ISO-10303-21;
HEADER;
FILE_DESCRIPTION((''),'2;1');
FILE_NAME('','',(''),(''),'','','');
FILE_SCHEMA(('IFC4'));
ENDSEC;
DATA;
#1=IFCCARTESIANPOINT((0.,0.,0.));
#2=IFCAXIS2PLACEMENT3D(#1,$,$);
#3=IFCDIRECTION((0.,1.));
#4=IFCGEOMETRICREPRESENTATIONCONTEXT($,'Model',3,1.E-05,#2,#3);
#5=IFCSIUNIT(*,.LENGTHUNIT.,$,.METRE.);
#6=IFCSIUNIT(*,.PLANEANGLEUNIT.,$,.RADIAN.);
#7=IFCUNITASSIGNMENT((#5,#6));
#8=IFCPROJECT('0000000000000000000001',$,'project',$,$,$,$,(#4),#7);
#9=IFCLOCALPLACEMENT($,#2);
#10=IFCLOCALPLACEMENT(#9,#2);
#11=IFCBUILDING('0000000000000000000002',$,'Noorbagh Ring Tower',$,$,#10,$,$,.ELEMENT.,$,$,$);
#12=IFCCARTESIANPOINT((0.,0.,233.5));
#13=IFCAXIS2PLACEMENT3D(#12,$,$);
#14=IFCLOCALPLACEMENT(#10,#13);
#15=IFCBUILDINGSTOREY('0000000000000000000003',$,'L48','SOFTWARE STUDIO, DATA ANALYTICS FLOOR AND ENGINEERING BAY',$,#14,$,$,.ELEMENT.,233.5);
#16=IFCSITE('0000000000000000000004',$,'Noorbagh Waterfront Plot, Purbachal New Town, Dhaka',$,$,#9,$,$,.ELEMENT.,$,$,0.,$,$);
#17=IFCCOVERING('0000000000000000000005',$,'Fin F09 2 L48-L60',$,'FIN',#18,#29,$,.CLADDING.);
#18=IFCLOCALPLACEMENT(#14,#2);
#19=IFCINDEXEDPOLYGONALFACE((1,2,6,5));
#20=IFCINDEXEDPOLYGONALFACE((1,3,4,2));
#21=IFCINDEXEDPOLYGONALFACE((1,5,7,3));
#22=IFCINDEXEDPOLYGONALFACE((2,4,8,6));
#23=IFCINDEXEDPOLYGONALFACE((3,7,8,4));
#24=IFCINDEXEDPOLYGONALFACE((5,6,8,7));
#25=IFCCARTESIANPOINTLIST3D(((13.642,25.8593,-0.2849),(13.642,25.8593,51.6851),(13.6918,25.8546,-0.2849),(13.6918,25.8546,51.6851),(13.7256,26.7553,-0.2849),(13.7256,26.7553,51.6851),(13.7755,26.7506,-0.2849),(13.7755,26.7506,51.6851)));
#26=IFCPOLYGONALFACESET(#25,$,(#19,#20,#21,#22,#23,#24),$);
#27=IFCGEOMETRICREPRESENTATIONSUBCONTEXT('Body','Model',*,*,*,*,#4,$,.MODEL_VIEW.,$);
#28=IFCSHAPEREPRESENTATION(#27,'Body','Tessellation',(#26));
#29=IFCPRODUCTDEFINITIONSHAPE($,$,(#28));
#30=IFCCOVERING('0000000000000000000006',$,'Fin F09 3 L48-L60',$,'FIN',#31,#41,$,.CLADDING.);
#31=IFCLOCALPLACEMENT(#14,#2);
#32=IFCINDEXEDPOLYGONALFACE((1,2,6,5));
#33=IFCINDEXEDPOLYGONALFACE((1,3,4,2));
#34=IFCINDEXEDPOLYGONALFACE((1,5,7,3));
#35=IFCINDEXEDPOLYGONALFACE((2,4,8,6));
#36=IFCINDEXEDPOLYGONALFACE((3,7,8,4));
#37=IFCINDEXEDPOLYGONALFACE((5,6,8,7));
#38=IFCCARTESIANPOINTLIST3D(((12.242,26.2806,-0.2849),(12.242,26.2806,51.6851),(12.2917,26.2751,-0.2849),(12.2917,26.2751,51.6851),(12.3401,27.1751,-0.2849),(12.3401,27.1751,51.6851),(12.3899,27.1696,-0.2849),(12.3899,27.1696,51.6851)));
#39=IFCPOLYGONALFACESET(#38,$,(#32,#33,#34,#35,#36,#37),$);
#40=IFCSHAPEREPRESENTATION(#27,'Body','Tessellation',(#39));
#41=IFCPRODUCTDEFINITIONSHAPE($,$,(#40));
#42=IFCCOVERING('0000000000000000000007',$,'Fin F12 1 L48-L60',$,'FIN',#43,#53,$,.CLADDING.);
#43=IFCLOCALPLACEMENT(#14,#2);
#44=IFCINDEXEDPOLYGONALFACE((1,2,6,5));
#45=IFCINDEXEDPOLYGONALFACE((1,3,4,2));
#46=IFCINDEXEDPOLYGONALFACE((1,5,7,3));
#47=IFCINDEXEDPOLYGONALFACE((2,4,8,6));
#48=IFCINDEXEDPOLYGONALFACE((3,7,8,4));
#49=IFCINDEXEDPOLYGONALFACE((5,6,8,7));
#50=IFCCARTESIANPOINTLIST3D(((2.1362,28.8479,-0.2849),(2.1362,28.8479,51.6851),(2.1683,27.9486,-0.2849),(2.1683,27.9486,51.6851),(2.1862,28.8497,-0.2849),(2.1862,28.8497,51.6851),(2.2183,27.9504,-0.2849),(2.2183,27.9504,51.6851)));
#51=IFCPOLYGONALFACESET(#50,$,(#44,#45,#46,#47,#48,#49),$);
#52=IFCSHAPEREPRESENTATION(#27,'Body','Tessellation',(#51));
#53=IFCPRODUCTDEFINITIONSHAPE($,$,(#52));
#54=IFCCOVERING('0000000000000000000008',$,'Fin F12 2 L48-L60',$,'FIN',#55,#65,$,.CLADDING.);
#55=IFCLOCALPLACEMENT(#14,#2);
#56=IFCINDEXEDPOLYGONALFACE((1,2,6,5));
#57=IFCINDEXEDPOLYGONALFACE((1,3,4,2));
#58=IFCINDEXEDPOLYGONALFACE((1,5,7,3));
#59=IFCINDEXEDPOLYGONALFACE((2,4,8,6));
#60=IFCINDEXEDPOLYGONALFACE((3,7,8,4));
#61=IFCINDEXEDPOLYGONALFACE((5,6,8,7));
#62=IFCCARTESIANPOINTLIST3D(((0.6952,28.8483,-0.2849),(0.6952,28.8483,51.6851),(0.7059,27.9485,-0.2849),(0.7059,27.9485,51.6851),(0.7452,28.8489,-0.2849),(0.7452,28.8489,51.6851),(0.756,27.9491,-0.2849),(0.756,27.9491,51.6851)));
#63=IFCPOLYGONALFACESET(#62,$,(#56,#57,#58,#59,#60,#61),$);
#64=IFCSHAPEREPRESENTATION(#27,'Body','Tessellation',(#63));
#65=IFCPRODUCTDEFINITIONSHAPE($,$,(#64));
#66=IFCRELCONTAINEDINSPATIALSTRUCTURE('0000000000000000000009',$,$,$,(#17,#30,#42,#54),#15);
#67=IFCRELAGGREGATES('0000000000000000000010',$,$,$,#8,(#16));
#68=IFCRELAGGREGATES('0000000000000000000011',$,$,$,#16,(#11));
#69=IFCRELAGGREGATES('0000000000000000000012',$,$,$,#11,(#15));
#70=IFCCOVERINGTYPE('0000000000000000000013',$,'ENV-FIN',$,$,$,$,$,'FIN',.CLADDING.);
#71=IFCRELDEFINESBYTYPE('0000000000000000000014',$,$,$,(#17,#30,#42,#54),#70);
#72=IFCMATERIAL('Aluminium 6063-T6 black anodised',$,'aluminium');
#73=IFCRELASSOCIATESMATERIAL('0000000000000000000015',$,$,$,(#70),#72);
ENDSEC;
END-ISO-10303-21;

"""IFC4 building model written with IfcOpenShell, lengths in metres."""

from ifc_helpers import new_model, si_unit, direction, frame, origin, origin_2d, place, context, subcontext, project, spatial, rectangle, extrude, material, material_profile, profile_set, type_object, element, save


model = new_model("IFC4")

# Units and contexts
model_context = context("Model", 3, precision=1e-05, world=origin(), true_north=direction((0.0, 1.0)))
body_context = subcontext(model_context, "Body", "Model", "MODEL_VIEW")
ifc_project = project(units=[si_unit("LENGTHUNIT", "METRE"), si_unit("PLANEANGLEUNIT", "RADIAN")], contexts=[model_context])

# Site, building, storey
site_placement = place(None, origin())
site = spatial("IfcSite", under=ifc_project, at=site_placement, Name="Noorbagh Waterfront Plot, Purbachal New Town, Dhaka", CompositionType="ELEMENT", RefElevation=0.0)
building_placement = place(site_placement, origin())
building = spatial("IfcBuilding", under=site, at=building_placement, Name="Noorbagh Ring Tower", CompositionType="ELEMENT")
storey_placement = place(building_placement, frame((0.0, 0.0, 233.5)))
storey = spatial("IfcBuildingStorey", under=building, at=storey_placement, Name="L48", Description="SOFTWARE STUDIO, DATA ANALYTICS FLOOR AND ENGINEERING BAY", CompositionType="ELEMENT", Elevation=233.5)

# Coverings
ifc_material_1 = material(Name="Aluminium 6063-T6 black anodised", Category="aluminium")
ifc_material_profile_1 = material_profile(ifc_material_1, rectangle(XDim=0.8999, YDim=0.05, at=origin_2d()), Name="900x50")
ifc_profile_set_1 = profile_set([ifc_material_profile_1], Name="Aluminium 6063-T6 black anodised")
covering_type = type_object("IfcCoveringType", Name="ENV-FIN", ElementType="FIN", PredefinedType="CLADDING", material=ifc_profile_set_1)
for number, where, z_axis, x_axis, name in (
    (1, (13.7087, 26.3049, -0.2849), (0.0, 0.0, 1.0), (0.092918, 0.995674, 0.0), "Fin F09 2 L48-L60"),
    (2, (12.3159, 26.7251, -0.2849), (0.0, 0.0, 1.0), (0.109101, 0.994031, 0.0), "Fin F09 3 L48-L60"),
    (3, (2.1772, 28.3992, -0.2849), (0.0, 0.0, 1.0), (-0.035641, 0.999365, 0.0), "Fin F12 1 L48-L60"),
    (4, (0.7256, 28.3987, -0.2849), (0.0, 0.0, 1.0), (-0.011915, 0.999929, 0.0), "Fin F12 2 L48-L60"),
):
    element("IfcCovering", number, at=place(storey_placement, frame(where, z_axis=z_axis, x_axis=x_axis)), inside=storey, type_object=covering_type, Name=name, ObjectType="FIN", PredefinedType="CLADDING", context=body_context, shape_type="SweptSolid", body=[
        extrude(rectangle(XDim=0.8999, YDim=0.05, at=origin_2d()), origin(), (0.0, 0.0, 1.0), 51.97),
    ])

save(model, "model.ifc")
